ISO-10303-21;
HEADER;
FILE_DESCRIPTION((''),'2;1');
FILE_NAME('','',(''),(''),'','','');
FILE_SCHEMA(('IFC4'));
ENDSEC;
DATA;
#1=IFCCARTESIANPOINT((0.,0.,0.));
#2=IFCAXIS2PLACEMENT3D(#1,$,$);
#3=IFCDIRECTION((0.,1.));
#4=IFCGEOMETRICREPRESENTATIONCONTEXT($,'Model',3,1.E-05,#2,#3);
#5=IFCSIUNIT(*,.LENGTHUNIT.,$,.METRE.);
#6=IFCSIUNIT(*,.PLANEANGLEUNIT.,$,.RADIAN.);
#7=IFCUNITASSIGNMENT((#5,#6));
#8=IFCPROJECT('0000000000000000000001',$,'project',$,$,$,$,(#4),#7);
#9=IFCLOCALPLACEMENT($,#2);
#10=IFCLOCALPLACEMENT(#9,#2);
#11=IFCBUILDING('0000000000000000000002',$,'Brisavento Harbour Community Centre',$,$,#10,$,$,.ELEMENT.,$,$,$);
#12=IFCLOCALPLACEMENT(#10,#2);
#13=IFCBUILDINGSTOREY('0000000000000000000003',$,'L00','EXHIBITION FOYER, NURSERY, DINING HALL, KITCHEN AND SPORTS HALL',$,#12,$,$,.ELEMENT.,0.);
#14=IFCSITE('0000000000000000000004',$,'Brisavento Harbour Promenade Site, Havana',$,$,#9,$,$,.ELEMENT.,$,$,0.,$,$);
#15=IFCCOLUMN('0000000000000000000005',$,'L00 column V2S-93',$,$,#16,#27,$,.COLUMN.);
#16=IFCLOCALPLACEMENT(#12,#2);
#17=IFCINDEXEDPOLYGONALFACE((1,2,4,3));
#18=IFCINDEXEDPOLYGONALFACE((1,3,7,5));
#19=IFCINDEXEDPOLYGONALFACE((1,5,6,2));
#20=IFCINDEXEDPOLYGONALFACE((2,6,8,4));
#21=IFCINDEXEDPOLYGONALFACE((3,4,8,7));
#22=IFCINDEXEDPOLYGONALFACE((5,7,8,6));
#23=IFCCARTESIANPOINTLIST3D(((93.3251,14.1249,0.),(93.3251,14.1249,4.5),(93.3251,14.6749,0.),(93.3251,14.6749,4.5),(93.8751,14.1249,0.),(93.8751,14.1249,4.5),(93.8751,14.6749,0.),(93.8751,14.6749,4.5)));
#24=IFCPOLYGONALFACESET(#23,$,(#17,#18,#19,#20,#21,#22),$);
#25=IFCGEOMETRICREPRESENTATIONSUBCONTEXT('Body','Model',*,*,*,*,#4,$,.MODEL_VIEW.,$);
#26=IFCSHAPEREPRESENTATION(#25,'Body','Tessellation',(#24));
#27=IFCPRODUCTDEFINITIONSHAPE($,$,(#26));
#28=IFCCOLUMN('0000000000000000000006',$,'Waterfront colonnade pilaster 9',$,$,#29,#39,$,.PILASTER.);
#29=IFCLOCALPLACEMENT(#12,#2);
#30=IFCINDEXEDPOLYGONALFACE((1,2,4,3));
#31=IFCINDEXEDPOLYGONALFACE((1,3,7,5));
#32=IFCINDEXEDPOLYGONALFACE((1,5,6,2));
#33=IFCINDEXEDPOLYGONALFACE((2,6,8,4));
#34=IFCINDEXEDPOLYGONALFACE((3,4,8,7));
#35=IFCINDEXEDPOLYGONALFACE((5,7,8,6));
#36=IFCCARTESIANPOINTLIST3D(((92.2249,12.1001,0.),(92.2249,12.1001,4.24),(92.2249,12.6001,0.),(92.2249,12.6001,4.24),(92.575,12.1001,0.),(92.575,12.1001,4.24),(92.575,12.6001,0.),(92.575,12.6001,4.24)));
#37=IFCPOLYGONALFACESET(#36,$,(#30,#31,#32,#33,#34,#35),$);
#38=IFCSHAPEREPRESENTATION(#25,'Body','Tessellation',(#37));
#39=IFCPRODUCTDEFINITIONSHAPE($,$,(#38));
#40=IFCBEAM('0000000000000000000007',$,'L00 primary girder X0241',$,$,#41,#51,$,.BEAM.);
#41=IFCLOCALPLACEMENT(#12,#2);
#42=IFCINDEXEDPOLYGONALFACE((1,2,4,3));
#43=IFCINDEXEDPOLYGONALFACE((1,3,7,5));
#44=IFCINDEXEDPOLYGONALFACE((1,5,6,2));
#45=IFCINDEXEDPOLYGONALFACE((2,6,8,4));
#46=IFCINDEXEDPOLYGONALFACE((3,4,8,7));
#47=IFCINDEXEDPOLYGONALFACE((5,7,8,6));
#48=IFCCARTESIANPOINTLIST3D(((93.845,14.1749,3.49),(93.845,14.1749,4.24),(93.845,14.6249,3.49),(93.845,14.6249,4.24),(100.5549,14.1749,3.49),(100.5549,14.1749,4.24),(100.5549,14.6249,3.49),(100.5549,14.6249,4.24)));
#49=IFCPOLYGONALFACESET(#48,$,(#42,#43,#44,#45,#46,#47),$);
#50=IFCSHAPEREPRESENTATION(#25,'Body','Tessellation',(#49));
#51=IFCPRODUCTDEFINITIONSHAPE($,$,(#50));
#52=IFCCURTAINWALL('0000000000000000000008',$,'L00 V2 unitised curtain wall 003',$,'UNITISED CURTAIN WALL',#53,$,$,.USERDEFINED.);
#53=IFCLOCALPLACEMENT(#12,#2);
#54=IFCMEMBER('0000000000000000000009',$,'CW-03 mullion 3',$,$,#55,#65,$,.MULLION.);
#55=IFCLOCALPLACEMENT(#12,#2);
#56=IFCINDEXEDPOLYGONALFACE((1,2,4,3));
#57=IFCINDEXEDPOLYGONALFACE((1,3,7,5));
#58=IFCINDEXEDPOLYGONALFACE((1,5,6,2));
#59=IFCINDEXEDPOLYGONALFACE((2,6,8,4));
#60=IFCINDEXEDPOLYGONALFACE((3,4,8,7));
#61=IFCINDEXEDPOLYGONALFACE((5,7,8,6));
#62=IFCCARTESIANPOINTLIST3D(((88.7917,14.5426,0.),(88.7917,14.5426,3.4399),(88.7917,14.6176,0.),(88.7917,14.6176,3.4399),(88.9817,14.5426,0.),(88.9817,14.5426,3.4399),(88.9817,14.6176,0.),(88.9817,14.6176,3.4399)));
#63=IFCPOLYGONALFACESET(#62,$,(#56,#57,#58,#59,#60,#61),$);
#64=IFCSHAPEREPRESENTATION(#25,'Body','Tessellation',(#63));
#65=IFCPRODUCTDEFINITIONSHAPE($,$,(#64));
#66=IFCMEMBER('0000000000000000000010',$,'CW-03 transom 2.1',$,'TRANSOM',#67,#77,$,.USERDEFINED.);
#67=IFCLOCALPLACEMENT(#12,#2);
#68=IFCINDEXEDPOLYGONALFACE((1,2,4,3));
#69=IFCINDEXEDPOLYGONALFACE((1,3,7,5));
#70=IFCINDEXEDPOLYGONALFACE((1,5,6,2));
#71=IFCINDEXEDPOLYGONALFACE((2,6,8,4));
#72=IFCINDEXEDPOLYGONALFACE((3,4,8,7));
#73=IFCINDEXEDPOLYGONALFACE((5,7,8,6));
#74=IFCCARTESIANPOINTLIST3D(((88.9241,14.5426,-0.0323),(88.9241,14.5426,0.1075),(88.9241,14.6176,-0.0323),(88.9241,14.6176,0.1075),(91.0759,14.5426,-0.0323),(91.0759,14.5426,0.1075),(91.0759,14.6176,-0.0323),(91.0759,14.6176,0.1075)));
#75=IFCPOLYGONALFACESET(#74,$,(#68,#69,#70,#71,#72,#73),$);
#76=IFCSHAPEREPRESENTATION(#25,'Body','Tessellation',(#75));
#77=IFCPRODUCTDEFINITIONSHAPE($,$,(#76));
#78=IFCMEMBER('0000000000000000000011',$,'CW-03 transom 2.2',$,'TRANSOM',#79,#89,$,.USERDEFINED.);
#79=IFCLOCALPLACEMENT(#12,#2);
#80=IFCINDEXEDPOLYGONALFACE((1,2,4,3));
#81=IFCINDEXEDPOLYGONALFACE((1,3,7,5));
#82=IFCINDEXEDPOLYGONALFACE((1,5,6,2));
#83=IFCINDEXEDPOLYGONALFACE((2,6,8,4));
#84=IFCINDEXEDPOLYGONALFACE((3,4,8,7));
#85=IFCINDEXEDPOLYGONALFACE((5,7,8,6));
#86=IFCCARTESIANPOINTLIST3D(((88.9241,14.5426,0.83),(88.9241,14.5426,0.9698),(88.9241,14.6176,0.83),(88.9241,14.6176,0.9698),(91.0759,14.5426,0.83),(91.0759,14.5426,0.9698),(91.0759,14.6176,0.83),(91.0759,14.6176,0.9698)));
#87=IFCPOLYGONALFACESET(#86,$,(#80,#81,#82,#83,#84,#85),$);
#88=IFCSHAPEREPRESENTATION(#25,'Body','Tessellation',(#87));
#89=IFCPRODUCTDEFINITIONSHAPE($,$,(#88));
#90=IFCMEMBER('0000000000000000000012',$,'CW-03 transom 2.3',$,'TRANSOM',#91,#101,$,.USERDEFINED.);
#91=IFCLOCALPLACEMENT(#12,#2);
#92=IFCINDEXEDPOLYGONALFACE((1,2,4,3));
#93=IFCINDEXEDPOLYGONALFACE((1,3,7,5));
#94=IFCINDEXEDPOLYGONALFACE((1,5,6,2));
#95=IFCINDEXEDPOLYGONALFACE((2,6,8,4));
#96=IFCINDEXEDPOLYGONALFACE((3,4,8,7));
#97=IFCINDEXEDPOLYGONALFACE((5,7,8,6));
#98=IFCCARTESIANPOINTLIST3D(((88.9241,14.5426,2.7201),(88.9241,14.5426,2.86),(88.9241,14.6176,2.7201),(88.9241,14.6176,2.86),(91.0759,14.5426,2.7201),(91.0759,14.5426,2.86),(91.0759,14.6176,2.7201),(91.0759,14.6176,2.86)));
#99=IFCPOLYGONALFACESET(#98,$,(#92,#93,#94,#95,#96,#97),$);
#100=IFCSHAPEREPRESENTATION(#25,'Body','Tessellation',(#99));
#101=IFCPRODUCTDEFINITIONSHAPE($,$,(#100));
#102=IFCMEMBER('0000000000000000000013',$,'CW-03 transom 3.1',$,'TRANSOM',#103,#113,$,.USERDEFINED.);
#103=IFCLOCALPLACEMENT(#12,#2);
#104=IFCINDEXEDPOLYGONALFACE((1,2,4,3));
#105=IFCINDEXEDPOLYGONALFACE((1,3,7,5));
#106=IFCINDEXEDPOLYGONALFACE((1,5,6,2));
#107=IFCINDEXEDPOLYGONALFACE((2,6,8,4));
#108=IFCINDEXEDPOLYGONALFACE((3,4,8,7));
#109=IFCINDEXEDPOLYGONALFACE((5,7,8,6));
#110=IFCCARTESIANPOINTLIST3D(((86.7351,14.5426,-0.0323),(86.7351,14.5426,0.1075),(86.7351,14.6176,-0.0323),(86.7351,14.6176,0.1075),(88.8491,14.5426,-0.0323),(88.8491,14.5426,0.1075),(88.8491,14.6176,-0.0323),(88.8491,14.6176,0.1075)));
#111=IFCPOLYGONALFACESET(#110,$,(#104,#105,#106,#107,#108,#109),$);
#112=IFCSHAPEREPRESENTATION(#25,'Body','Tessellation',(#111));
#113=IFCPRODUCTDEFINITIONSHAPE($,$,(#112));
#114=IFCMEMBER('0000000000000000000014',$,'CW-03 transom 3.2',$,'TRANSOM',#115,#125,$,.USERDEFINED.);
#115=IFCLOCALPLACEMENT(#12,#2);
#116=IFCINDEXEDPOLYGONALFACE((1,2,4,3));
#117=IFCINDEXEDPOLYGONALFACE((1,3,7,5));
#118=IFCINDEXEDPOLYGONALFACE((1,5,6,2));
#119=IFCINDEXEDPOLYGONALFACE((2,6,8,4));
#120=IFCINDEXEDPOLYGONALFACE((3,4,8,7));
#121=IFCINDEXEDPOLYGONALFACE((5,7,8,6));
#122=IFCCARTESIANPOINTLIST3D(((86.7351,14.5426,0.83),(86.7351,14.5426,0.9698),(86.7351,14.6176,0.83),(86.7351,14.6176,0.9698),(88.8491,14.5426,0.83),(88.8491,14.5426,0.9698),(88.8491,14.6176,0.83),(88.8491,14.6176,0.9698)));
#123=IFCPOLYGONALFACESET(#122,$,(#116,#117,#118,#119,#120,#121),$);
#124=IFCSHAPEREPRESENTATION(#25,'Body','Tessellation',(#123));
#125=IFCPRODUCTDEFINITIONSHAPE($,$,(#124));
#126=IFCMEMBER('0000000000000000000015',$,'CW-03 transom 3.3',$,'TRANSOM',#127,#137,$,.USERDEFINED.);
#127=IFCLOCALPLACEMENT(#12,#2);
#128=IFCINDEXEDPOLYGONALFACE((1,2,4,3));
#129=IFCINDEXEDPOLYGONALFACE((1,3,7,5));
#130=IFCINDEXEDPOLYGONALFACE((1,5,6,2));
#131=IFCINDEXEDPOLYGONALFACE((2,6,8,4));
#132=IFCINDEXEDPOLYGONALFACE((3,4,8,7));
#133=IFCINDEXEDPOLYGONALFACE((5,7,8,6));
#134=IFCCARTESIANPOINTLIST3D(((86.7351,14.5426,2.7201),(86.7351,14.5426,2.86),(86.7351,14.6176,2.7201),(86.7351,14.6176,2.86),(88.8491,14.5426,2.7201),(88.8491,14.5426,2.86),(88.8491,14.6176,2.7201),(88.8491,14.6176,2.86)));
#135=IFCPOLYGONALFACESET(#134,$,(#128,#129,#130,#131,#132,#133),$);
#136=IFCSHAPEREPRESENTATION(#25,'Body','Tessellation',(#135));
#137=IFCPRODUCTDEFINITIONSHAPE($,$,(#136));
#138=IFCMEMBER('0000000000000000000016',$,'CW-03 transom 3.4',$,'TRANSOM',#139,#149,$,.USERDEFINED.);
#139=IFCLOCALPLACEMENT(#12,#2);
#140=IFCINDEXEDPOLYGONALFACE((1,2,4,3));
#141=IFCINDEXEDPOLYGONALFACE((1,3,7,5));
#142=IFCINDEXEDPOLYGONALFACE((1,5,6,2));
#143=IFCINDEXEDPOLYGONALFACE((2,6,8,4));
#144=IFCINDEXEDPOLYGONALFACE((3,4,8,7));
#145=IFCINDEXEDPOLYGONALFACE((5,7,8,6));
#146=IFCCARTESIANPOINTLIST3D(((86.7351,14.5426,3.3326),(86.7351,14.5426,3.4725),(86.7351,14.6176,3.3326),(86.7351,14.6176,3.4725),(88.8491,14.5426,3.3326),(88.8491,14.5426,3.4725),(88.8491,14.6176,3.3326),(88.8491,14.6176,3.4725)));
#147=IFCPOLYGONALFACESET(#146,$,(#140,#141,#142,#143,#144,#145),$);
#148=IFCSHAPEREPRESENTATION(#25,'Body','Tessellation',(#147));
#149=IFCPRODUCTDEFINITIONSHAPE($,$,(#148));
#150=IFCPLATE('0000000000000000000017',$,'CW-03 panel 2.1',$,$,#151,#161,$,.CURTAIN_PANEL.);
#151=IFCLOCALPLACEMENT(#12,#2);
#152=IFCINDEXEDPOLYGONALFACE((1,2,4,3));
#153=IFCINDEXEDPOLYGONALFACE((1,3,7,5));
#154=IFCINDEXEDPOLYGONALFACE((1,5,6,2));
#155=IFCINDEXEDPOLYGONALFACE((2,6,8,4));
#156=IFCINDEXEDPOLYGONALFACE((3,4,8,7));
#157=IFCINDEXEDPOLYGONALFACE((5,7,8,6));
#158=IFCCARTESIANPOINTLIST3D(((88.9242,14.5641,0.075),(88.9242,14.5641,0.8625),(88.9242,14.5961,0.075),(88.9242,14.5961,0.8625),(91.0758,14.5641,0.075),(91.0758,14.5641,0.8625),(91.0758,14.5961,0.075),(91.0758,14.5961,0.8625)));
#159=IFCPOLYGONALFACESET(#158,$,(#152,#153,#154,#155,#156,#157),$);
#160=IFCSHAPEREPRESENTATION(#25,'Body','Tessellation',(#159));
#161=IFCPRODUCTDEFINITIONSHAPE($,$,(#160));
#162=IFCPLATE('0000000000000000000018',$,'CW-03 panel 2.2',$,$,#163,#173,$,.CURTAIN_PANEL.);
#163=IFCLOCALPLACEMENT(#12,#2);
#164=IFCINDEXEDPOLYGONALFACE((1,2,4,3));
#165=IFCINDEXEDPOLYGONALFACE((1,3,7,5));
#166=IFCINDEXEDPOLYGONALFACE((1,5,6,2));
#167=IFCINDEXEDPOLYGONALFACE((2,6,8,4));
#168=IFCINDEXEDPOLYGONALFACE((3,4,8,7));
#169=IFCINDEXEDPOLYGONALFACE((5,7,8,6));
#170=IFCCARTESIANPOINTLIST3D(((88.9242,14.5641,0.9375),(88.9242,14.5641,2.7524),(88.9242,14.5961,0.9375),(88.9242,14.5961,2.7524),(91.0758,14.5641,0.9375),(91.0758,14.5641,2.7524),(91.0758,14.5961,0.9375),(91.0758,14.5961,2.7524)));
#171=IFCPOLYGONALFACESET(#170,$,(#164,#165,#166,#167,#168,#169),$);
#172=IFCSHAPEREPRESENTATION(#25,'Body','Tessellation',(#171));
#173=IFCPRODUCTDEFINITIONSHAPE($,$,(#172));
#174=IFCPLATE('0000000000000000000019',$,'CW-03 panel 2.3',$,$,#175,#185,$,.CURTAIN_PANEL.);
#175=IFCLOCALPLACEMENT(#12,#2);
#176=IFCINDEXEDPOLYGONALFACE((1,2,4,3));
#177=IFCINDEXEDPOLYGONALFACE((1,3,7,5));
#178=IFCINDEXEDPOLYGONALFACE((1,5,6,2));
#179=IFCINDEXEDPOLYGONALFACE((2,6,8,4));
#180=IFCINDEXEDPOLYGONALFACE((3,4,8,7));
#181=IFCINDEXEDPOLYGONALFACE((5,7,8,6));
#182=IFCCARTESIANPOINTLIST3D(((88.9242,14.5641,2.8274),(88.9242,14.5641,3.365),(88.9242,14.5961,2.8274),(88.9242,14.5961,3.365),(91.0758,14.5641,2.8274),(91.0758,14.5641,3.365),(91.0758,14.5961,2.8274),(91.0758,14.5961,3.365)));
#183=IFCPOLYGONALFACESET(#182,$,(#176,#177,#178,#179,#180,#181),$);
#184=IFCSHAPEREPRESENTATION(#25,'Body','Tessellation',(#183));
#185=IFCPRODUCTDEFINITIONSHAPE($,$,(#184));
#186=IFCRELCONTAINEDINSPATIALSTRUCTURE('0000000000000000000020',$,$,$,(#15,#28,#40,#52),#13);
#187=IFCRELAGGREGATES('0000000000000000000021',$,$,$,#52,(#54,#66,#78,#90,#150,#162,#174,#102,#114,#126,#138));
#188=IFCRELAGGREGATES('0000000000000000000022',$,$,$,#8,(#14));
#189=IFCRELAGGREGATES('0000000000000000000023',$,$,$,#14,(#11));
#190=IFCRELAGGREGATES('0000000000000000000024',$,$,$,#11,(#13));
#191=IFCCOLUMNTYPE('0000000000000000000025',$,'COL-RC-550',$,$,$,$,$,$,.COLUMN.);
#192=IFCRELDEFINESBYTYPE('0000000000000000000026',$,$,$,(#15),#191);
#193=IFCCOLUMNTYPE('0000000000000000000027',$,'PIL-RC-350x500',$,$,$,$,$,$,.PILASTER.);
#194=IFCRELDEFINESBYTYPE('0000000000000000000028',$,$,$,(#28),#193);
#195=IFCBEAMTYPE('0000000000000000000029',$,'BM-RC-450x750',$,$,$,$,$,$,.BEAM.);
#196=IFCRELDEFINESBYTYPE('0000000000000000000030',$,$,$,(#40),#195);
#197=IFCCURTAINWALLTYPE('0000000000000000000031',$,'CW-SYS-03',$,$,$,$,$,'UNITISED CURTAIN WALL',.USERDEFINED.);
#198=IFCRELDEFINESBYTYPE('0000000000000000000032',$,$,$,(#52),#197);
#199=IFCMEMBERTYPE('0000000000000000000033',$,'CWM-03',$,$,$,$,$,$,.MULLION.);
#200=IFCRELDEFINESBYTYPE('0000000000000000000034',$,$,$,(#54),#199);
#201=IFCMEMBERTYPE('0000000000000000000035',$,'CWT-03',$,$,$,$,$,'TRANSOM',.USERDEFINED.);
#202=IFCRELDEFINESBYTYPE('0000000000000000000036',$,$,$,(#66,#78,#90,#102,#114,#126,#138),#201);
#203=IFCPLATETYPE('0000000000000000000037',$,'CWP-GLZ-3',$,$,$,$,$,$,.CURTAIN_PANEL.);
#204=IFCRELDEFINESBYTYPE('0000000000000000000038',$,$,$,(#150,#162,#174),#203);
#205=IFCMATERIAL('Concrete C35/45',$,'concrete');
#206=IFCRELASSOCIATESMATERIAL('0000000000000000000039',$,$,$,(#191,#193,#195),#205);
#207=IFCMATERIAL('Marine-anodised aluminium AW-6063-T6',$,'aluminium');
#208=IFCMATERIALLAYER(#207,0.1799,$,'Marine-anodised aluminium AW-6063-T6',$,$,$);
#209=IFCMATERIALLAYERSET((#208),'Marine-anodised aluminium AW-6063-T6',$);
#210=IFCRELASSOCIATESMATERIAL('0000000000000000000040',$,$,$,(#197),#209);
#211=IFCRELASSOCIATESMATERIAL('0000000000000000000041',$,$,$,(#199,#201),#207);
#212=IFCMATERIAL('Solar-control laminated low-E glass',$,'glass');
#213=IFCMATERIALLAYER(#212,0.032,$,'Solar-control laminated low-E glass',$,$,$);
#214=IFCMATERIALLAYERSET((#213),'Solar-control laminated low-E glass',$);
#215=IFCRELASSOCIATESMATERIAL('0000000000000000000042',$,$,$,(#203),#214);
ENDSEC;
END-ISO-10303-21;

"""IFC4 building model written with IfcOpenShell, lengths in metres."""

from ifc_helpers import new_model, si_unit, direction, frame, origin, origin_2d, place, context, subcontext, project, spatial, rectangle, extrude, material, layer, layer_set, material_profile, profile_set, type_object, element, aggregate, save


model = new_model("IFC4")

# Units and contexts
model_context = context("Model", 3, precision=1e-05, world=origin(), true_north=direction((0.0, 1.0)))
body_context = subcontext(model_context, "Body", "Model", "MODEL_VIEW")
ifc_project = project(units=[si_unit("LENGTHUNIT", "METRE"), si_unit("PLANEANGLEUNIT", "RADIAN")], contexts=[model_context])

# Site, building, storey
site_placement = place(None, origin())
site = spatial("IfcSite", under=ifc_project, at=site_placement, Name="Brisavento Harbour Promenade Site, Havana", CompositionType="ELEMENT", RefElevation=0.0)
building_placement = place(site_placement, origin())
building = spatial("IfcBuilding", under=site, at=building_placement, Name="Brisavento Harbour Community Centre", CompositionType="ELEMENT")
storey_placement = place(building_placement, origin())
storey = spatial("IfcBuildingStorey", under=building, at=storey_placement, Name="L00", Description="EXHIBITION FOYER, NURSERY, DINING HALL, KITCHEN AND SPORTS HALL", CompositionType="ELEMENT", Elevation=0.0)

# Columns
ifc_material_1 = material(Name="Concrete C35/45", Category="concrete")
ifc_material_profile_1 = material_profile(ifc_material_1, rectangle(XDim=0.55, YDim=0.55, at=origin_2d()), Name="Concrete C35/45")
ifc_profile_set_1 = profile_set([ifc_material_profile_1], Name="Concrete C35/45")
column_type_1 = type_object("IfcColumnType", Name="COL-RC-550", PredefinedType="COLUMN", material=ifc_profile_set_1)
column_1_placement = place(storey_placement, frame((93.6001, 14.3999, 0.0), z_axis=(0.0, 0.0, 1.0), x_axis=(1.0, 0.0, 0.0)))
element("IfcColumn", 1, at=column_1_placement, inside=storey, type_object=column_type_1, Name="L00 column V2S-93", PredefinedType="COLUMN", context=body_context, shape_type="SweptSolid", body=[
    extrude(rectangle(XDim=0.55, YDim=0.55, at=origin_2d()), origin(), (0.0, 0.0, 1.0), 4.5),
])
ifc_material_profile_2 = material_profile(ifc_material_1, rectangle(XDim=0.3501, YDim=0.5, at=origin_2d()), Name="Concrete C35/45")
ifc_profile_set_2 = profile_set([ifc_material_profile_2], Name="Concrete C35/45")
column_type_2 = type_object("IfcColumnType", Name="PIL-RC-350x500", PredefinedType="PILASTER", material=ifc_profile_set_2)
column_2_placement = place(storey_placement, frame((92.3999, 12.3501, 0.0), z_axis=(0.0, 0.0, 1.0), x_axis=(1.0, 0.0, 0.0)))
element("IfcColumn", 2, at=column_2_placement, inside=storey, type_object=column_type_2, Name="Waterfront colonnade pilaster 9", PredefinedType="PILASTER", context=body_context, shape_type="SweptSolid", body=[
    extrude(rectangle(XDim=0.3501, YDim=0.5, at=origin_2d()), origin(), (0.0, 0.0, 1.0), 4.24),
])

# Beam
ifc_material_profile_3 = material_profile(ifc_material_1, rectangle(XDim=0.45, YDim=0.75, at=origin_2d()), Name="Concrete C35/45")
ifc_profile_set_3 = profile_set([ifc_material_profile_3], Name="Concrete C35/45")
beam_type = type_object("IfcBeamType", Name="BM-RC-450x750", PredefinedType="BEAM", material=ifc_profile_set_3)
beam_placement = place(storey_placement, frame((93.845, 14.3999, 3.865), z_axis=(1.0, 0.0, 0.0), x_axis=(0.0, 1.0, 0.0)))
element("IfcBeam", 3, at=beam_placement, inside=storey, type_object=beam_type, Name="L00 primary girder X0241", PredefinedType="BEAM", context=body_context, shape_type="SweptSolid", body=[
    extrude(rectangle(XDim=0.45, YDim=0.75, at=origin_2d()), origin(), (0.0, 0.0, 1.0), 6.71),
])

# Curtain wall, members, plates
ifc_material_2 = material(Name="Marine-anodised aluminium AW-6063-T6", Category="aluminium")
ifc_layer_1 = layer(ifc_material_2, 0.1799, Name="Marine-anodised aluminium AW-6063-T6")
ifc_layer_set_1 = layer_set([ifc_layer_1], Name="Marine-anodised aluminium AW-6063-T6")
curtain_wall_type = type_object("IfcCurtainWallType", Name="CW-SYS-03", ElementType="UNITISED CURTAIN WALL", PredefinedType="USERDEFINED", material=ifc_layer_set_1)
curtain_wall_placement = place(storey_placement, origin())
curtain_wall = element("IfcCurtainWall", 4, at=curtain_wall_placement, inside=storey, type_object=curtain_wall_type, Name="L00 V2 unitised curtain wall 003", ObjectType="UNITISED CURTAIN WALL", PredefinedType="USERDEFINED")
ifc_material_profile_4 = material_profile(ifc_material_2, rectangle(XDim=0.075, YDim=0.1899, at=origin_2d()), Name="Marine-anodised aluminium AW-6063-T6")
ifc_profile_set_4 = profile_set([ifc_material_profile_4], Name="Marine-anodised aluminium AW-6063-T6")
member_type_1 = type_object("IfcMemberType", Name="CWM-03", PredefinedType="MULLION", material=ifc_profile_set_4)
member_1_placement = place(storey_placement, frame((88.8867, 14.5801, 0.0), z_axis=(0.0, 0.0, 1.0), x_axis=(0.0, -1.0, 0.0)))
member_1 = element("IfcMember", 5, at=member_1_placement, type_object=member_type_1, Name="CW-03 mullion 3", PredefinedType="MULLION", context=body_context, shape_type="SweptSolid", body=[
    extrude(rectangle(XDim=0.075, YDim=0.1899, at=origin_2d()), origin(), (0.0, 0.0, 1.0), 3.4399),
])
ifc_material_profile_5 = material_profile(ifc_material_2, rectangle(XDim=0.075, YDim=0.1399, at=origin_2d()), Name="Marine-anodised aluminium AW-6063-T6")
ifc_profile_set_5 = profile_set([ifc_material_profile_5], Name="Marine-anodised aluminium AW-6063-T6")
member_type_2 = type_object("IfcMemberType", Name="CWT-03", ElementType="TRANSOM", PredefinedType="USERDEFINED", material=ifc_profile_set_5)
member_2_placement = place(storey_placement, frame((91.0759, 14.5801, 0.0376), z_axis=(-1.0, 0.0, 0.0), x_axis=(0.0, -1.0, 0.0)))
member_2 = element("IfcMember", 6, at=member_2_placement, type_object=member_type_2, Name="CW-03 transom 2.1", ObjectType="TRANSOM", PredefinedType="USERDEFINED", context=body_context, shape_type="SweptSolid", body=[
    extrude(rectangle(XDim=0.075, YDim=0.1399, at=origin_2d()), origin(), (0.0, 0.0, 1.0), 2.1519),
])
member_3_placement = place(storey_placement, frame((91.0759, 14.5801, 0.8999), z_axis=(-1.0, 0.0, 0.0), x_axis=(0.0, -1.0, 0.0)))
member_3 = element("IfcMember", 7, at=member_3_placement, type_object=member_type_2, Name="CW-03 transom 2.2", ObjectType="TRANSOM", PredefinedType="USERDEFINED", context=body_context, shape_type="SweptSolid", body=[
    extrude(rectangle(XDim=0.075, YDim=0.1399, at=origin_2d()), origin(), (0.0, 0.0, 1.0), 2.1519),
])
member_4_placement = place(storey_placement, frame((91.0759, 14.5801, 2.79), z_axis=(-1.0, 0.0, 0.0), x_axis=(0.0, -1.0, 0.0)))
member_4 = element("IfcMember", 8, at=member_4_placement, type_object=member_type_2, Name="CW-03 transom 2.3", ObjectType="TRANSOM", PredefinedType="USERDEFINED", context=body_context, shape_type="SweptSolid", body=[
    extrude(rectangle(XDim=0.075, YDim=0.1399, at=origin_2d()), origin(), (0.0, 0.0, 1.0), 2.1519),
])
member_5_placement = place(storey_placement, frame((88.8491, 14.5801, 0.0376), z_axis=(-1.0, 0.0, 0.0), x_axis=(0.0, -1.0, 0.0)))
member_5 = element("IfcMember", 9, at=member_5_placement, type_object=member_type_2, Name="CW-03 transom 3.1", ObjectType="TRANSOM", PredefinedType="USERDEFINED", context=body_context, shape_type="SweptSolid", body=[
    extrude(rectangle(XDim=0.075, YDim=0.1399, at=origin_2d()), origin(), (0.0, 0.0, 1.0), 2.114),
])
member_6_placement = place(storey_placement, frame((88.8491, 14.5801, 0.8999), z_axis=(-1.0, 0.0, 0.0), x_axis=(0.0, -1.0, 0.0)))
member_6 = element("IfcMember", 10, at=member_6_placement, type_object=member_type_2, Name="CW-03 transom 3.2", ObjectType="TRANSOM", PredefinedType="USERDEFINED", context=body_context, shape_type="SweptSolid", body=[
    extrude(rectangle(XDim=0.075, YDim=0.1399, at=origin_2d()), origin(), (0.0, 0.0, 1.0), 2.114),
])
member_7_placement = place(storey_placement, frame((88.8491, 14.5801, 2.79), z_axis=(-1.0, 0.0, 0.0), x_axis=(0.0, -1.0, 0.0)))
member_7 = element("IfcMember", 11, at=member_7_placement, type_object=member_type_2, Name="CW-03 transom 3.3", ObjectType="TRANSOM", PredefinedType="USERDEFINED", context=body_context, shape_type="SweptSolid", body=[
    extrude(rectangle(XDim=0.075, YDim=0.1399, at=origin_2d()), origin(), (0.0, 0.0, 1.0), 2.114),
])
member_8_placement = place(storey_placement, frame((88.8491, 14.5801, 3.4026), z_axis=(-1.0, 0.0, 0.0), x_axis=(0.0, -1.0, 0.0)))
member_8 = element("IfcMember", 12, at=member_8_placement, type_object=member_type_2, Name="CW-03 transom 3.4", ObjectType="TRANSOM", PredefinedType="USERDEFINED", context=body_context, shape_type="SweptSolid", body=[
    extrude(rectangle(XDim=0.075, YDim=0.1399, at=origin_2d()), origin(), (0.0, 0.0, 1.0), 2.114),
])
ifc_material_3 = material(Name="Solar-control laminated low-E glass", Category="glass")
ifc_layer_2 = layer(ifc_material_3, 0.032, Name="Solar-control laminated low-E glass")
ifc_layer_set_2 = layer_set([ifc_layer_2], Name="Solar-control laminated low-E glass")
plate_type = type_object("IfcPlateType", Name="CWP-GLZ-3", PredefinedType="CURTAIN_PANEL", material=ifc_layer_set_2)
plate_1_placement = place(storey_placement, frame((90.0, 14.5801, 0.075), z_axis=(0.0, 0.0, 1.0), x_axis=(-1.0, 0.0, 0.0)))
plate_1 = element("IfcPlate", 13, at=plate_1_placement, type_object=plate_type, Name="CW-03 panel 2.1", PredefinedType="CURTAIN_PANEL", context=body_context, shape_type="SweptSolid", body=[
    extrude(rectangle(XDim=2.1516, YDim=0.032, at=origin_2d()), origin(), (0.0, 0.0, 1.0), 0.7876),
])
plate_2_placement = place(storey_placement, frame((90.0, 14.5801, 0.9375), z_axis=(0.0, 0.0, 1.0), x_axis=(-1.0, 0.0, 0.0)))
plate_2 = element("IfcPlate", 14, at=plate_2_placement, type_object=plate_type, Name="CW-03 panel 2.2", PredefinedType="CURTAIN_PANEL", context=body_context, shape_type="SweptSolid", body=[
    extrude(rectangle(XDim=2.1516, YDim=0.032, at=origin_2d()), origin(), (0.0, 0.0, 1.0), 1.8149),
])
plate_3_placement = place(storey_placement, frame((90.0, 14.5801, 2.8274), z_axis=(0.0, 0.0, 1.0), x_axis=(-1.0, 0.0, 0.0)))
plate_3 = element("IfcPlate", 15, at=plate_3_placement, type_object=plate_type, Name="CW-03 panel 2.3", PredefinedType="CURTAIN_PANEL", context=body_context, shape_type="SweptSolid", body=[
    extrude(rectangle(XDim=2.1516, YDim=0.032, at=origin_2d()), origin(), (0.0, 0.0, 1.0), 0.5376),
])
aggregate(curtain_wall, [member_1, member_2, member_3, member_4, plate_1, plate_2, plate_3, member_5, member_6, member_7, member_8])

save(model, "model.ifc")
